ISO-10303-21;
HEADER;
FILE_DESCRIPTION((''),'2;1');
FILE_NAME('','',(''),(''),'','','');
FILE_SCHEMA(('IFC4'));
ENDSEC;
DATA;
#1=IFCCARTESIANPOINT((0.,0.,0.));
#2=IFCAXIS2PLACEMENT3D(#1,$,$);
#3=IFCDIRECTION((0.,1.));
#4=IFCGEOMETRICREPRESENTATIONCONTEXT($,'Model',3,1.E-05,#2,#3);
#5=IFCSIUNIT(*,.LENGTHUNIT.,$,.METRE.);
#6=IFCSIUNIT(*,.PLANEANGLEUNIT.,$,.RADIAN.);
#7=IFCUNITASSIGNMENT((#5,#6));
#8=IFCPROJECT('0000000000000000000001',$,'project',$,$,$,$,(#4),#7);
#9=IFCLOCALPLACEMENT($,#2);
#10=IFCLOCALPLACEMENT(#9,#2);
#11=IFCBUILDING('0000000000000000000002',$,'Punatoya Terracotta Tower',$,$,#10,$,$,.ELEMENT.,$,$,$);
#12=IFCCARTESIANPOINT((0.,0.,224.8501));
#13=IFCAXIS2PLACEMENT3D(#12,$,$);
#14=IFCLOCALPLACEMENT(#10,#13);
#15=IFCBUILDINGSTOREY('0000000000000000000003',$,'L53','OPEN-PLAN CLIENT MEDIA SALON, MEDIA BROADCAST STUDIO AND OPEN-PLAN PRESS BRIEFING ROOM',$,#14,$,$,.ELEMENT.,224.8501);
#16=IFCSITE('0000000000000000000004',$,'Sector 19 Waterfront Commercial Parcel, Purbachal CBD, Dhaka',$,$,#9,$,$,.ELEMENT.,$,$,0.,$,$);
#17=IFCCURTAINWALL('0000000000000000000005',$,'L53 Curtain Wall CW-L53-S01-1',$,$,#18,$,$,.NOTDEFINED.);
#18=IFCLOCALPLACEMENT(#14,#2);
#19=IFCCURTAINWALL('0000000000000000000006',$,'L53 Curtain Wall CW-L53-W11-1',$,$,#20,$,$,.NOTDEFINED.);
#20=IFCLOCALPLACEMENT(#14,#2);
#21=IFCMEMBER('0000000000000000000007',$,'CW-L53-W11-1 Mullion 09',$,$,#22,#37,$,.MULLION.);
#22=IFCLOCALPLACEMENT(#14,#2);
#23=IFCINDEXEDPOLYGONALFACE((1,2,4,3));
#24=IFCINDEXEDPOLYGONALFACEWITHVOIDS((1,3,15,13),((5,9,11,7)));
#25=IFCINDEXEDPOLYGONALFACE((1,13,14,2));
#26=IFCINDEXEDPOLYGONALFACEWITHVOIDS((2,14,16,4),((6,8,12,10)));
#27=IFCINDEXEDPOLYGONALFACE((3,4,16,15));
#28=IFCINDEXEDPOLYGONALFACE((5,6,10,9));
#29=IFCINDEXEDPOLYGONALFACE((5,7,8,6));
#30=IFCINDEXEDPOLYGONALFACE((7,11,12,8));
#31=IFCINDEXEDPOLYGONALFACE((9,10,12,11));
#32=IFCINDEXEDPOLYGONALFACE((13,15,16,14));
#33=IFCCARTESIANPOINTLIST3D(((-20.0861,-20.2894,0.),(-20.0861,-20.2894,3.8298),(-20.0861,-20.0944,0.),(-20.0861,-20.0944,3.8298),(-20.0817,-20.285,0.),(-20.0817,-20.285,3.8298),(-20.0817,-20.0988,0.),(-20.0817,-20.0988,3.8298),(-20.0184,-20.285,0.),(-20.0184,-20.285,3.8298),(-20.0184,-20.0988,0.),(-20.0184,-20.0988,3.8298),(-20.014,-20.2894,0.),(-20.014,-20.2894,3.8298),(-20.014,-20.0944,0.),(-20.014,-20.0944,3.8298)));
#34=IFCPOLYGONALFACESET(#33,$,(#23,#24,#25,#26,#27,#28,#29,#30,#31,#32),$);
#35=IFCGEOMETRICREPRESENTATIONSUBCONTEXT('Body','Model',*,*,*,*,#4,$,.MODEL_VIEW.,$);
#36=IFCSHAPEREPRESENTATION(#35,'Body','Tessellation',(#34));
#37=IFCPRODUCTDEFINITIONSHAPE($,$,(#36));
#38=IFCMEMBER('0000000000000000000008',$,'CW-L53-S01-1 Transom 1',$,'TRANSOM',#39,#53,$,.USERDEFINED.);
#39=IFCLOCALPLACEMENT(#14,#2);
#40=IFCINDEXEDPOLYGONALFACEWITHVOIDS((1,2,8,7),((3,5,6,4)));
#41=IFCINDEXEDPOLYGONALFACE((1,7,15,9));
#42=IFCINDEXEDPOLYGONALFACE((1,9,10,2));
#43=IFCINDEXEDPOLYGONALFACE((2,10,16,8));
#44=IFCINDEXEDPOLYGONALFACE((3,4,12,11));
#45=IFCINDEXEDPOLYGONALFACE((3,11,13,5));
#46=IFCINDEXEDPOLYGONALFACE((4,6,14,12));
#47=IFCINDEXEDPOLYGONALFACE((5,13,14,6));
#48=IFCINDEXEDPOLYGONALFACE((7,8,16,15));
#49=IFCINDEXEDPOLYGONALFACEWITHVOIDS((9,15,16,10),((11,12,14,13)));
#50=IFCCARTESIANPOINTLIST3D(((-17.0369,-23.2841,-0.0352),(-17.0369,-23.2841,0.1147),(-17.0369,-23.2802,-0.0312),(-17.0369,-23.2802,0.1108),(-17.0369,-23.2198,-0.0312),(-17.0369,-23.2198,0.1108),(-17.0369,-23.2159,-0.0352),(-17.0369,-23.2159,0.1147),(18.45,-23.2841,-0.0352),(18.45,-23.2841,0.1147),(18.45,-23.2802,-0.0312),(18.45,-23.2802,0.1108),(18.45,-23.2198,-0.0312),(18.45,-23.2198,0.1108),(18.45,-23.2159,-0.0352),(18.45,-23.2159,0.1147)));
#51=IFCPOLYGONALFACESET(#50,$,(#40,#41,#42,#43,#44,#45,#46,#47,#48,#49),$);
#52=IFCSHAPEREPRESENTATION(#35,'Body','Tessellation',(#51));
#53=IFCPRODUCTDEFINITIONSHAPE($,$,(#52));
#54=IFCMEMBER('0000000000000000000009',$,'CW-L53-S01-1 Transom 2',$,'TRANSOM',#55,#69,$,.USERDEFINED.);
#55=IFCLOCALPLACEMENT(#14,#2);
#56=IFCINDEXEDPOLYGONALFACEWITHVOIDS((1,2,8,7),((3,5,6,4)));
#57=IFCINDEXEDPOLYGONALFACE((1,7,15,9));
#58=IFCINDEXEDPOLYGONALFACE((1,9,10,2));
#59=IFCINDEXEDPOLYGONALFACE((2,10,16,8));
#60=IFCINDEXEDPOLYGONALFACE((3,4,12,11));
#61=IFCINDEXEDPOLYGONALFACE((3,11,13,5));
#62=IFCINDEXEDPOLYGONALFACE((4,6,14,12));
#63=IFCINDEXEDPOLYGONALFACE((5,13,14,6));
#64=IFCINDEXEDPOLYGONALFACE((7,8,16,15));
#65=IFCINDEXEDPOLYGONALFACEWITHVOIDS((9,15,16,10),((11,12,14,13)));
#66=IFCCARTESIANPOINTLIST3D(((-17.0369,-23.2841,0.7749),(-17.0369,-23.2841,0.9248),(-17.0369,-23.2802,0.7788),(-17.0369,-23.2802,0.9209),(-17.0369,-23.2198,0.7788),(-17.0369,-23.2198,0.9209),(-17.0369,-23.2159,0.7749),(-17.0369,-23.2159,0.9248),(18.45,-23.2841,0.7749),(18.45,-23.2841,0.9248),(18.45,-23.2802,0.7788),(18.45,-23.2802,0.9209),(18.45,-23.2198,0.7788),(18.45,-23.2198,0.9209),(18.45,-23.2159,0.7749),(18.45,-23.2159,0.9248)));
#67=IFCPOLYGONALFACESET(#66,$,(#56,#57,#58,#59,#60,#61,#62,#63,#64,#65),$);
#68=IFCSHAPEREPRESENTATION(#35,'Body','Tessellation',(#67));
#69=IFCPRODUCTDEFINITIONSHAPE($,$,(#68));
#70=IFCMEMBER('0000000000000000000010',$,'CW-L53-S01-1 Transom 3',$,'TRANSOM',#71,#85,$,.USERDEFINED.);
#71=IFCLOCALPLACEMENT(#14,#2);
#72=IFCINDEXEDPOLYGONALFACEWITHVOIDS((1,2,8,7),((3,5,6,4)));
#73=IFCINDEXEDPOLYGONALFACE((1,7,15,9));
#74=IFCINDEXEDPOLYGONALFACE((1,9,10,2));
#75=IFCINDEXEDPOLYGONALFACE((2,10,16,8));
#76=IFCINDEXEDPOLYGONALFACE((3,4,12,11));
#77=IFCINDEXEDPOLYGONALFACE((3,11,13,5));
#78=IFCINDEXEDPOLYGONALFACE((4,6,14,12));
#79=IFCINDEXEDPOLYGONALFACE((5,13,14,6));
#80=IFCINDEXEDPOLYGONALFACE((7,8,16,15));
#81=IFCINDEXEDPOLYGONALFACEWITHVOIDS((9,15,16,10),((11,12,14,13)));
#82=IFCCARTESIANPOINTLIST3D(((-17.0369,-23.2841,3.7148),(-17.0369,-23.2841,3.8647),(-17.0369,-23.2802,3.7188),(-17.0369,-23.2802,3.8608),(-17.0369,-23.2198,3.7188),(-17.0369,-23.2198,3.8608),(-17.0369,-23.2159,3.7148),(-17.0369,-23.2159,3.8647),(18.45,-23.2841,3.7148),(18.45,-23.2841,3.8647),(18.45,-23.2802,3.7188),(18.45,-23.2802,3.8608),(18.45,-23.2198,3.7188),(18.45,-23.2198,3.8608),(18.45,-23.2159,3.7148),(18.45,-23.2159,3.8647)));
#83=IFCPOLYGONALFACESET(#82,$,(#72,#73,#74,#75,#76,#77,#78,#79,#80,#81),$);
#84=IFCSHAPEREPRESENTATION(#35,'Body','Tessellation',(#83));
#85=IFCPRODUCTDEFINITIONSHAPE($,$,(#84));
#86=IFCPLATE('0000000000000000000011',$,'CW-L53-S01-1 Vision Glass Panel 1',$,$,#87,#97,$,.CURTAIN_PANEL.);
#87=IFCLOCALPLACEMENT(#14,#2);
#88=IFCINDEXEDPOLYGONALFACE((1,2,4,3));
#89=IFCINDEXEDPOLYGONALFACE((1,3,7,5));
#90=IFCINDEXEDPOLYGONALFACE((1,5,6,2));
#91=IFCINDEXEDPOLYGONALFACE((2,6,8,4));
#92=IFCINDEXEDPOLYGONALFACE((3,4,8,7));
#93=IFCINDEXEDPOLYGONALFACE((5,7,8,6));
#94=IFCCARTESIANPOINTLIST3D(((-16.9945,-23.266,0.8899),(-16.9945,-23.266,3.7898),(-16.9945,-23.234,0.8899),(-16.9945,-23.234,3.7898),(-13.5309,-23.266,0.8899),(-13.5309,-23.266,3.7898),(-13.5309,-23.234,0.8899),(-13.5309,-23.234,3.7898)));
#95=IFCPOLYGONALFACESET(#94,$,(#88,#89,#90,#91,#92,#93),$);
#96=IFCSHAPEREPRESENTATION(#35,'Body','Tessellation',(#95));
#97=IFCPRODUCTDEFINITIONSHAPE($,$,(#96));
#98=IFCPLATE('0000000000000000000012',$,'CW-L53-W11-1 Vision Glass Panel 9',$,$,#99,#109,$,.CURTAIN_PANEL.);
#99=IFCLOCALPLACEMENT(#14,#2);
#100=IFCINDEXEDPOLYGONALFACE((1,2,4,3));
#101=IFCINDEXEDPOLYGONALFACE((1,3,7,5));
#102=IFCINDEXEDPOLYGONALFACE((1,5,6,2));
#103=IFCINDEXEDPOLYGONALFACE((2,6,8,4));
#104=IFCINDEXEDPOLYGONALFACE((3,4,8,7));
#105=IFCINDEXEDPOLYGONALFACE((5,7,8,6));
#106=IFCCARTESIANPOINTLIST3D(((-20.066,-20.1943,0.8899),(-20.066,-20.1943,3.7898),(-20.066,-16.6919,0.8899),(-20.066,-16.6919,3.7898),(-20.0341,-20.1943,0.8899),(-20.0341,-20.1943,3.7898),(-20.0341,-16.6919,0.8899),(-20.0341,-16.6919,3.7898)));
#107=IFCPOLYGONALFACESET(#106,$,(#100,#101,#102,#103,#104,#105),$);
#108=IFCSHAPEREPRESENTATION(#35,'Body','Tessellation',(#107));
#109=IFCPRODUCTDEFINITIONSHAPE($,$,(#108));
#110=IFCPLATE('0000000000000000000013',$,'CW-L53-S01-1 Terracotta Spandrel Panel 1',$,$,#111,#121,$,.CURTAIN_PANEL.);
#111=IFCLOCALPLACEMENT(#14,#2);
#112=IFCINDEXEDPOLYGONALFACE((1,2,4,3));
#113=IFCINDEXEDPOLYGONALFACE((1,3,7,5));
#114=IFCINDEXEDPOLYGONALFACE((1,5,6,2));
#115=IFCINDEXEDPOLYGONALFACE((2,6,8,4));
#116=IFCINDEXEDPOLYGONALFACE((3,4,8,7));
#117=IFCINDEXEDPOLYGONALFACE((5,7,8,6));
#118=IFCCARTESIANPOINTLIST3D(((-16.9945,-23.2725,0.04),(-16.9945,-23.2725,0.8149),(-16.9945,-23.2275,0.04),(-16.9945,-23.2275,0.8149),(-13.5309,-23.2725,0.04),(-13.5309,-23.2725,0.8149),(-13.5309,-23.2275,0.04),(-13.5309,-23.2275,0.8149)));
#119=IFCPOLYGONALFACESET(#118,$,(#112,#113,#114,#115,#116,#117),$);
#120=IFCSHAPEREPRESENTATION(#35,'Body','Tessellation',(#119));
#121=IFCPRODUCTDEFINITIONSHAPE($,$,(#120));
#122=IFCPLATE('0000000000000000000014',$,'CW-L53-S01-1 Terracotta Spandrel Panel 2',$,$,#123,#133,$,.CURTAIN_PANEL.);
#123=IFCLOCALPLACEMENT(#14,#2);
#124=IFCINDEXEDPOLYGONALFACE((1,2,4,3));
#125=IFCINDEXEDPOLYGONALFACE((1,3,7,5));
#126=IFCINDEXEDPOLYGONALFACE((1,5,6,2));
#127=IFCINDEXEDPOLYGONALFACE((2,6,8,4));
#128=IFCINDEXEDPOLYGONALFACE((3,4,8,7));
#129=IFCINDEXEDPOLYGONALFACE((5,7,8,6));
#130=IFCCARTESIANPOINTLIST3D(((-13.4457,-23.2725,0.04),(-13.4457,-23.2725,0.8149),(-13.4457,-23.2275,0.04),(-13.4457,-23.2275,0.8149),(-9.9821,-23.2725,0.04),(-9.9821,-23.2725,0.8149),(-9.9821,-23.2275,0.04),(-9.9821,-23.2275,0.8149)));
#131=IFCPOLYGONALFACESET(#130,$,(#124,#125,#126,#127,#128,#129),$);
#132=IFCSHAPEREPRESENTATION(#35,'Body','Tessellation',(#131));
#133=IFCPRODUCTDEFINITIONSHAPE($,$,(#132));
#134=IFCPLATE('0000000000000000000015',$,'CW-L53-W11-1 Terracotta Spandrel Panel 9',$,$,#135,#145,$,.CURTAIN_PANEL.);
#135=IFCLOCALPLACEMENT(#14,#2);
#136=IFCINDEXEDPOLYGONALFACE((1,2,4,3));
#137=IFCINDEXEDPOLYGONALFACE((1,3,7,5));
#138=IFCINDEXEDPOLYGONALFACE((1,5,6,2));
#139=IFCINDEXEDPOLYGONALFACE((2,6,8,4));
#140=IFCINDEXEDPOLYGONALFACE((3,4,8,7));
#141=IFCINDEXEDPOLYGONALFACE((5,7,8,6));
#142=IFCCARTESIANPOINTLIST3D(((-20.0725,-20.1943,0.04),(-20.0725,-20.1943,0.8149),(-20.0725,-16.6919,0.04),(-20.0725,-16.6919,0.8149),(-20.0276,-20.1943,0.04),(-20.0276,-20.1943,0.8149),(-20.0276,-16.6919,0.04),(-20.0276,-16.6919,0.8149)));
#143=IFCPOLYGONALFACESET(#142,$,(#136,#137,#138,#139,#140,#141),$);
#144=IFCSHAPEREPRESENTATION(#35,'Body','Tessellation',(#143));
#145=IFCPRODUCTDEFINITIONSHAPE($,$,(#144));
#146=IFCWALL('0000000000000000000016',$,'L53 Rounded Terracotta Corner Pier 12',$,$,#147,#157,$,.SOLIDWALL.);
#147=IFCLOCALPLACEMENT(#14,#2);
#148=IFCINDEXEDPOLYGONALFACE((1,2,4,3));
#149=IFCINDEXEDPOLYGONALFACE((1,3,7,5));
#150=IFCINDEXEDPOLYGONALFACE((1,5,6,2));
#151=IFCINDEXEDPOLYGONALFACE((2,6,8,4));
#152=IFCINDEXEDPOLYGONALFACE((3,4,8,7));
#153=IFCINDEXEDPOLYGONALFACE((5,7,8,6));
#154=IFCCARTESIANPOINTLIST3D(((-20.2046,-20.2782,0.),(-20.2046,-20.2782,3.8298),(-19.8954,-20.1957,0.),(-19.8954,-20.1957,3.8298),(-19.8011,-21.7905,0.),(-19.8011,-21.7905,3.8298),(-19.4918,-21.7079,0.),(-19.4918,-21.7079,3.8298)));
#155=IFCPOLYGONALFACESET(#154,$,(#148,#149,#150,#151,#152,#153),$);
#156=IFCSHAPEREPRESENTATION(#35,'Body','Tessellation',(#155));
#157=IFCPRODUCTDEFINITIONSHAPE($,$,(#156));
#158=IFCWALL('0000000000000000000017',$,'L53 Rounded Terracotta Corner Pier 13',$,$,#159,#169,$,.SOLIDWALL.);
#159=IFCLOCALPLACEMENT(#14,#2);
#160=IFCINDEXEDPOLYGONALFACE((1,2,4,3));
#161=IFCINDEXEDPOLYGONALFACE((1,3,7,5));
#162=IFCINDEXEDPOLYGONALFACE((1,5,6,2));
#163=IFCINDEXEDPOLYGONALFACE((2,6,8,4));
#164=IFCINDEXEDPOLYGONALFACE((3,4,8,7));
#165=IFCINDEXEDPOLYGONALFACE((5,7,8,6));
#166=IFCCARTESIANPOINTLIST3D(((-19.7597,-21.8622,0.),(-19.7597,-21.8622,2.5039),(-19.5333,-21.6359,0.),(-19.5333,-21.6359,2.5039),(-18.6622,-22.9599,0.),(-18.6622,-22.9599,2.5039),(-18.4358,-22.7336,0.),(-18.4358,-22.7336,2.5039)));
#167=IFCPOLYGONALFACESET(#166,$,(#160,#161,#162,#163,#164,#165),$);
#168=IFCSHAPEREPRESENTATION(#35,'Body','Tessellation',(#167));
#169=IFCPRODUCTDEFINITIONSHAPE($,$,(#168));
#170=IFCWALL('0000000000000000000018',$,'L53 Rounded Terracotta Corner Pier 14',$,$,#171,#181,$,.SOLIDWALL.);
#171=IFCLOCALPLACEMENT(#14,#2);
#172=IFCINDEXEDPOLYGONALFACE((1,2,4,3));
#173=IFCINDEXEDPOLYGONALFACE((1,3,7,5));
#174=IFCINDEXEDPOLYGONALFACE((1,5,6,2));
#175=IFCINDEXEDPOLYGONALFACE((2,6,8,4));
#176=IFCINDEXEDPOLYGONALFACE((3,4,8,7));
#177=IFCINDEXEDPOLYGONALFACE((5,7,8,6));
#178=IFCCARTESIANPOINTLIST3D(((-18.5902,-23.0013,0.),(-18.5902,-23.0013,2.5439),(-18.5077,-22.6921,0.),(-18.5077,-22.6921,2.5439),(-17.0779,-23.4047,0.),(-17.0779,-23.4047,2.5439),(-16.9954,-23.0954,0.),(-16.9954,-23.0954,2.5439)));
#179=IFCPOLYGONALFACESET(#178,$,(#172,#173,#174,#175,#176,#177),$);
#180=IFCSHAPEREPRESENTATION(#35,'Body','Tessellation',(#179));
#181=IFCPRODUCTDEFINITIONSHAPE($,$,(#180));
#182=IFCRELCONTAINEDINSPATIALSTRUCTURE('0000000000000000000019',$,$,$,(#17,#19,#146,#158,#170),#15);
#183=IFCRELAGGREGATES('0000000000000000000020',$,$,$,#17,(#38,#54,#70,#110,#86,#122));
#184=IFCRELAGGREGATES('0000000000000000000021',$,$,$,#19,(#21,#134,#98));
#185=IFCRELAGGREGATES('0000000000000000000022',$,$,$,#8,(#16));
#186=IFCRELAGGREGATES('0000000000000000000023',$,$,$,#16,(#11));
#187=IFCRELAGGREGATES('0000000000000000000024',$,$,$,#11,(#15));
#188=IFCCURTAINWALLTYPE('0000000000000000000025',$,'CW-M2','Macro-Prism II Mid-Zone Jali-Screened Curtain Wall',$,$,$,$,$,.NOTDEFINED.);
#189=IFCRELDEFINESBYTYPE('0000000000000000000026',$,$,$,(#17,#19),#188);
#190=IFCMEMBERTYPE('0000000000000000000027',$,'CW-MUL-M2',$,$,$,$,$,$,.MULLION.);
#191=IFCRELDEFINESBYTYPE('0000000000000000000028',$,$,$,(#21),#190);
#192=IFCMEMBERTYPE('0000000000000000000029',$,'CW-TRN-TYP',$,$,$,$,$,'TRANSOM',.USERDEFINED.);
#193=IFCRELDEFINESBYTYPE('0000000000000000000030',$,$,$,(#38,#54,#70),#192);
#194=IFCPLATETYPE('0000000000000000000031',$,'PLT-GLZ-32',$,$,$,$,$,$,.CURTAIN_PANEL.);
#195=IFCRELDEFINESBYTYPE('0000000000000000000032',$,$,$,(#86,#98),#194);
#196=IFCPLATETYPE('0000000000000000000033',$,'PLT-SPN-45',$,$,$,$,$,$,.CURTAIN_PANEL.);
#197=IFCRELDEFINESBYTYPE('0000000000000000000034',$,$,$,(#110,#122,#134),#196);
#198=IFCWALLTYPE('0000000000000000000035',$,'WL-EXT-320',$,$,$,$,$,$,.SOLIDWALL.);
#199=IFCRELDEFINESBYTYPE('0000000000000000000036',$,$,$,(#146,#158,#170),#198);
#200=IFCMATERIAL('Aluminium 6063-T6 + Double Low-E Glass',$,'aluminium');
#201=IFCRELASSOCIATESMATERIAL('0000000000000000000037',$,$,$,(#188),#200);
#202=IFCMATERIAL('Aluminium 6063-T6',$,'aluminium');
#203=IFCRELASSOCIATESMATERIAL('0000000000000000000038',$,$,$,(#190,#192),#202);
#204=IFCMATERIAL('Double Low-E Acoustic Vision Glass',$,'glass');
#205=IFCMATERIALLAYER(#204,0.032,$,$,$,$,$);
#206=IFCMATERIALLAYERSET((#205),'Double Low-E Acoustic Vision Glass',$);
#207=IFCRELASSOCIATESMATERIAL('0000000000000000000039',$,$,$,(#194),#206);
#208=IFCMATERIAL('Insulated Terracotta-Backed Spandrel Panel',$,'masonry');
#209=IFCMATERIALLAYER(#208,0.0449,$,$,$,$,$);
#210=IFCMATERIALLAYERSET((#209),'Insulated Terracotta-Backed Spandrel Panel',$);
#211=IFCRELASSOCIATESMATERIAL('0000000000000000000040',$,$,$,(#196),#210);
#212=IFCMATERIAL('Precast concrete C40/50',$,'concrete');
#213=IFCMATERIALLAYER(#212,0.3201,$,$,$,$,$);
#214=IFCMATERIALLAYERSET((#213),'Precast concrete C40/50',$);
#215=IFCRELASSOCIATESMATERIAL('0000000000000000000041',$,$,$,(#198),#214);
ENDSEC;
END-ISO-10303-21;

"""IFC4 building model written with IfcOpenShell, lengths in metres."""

from ifc_helpers import new_model, si_unit, direction, frame, frame_2d, origin, origin_2d, place, context, subcontext, project, spatial, rectangle, hollow_rectangle, extrude, material, layer, layer_set, material_profile, profile_set, type_object, element, aggregate, save


model = new_model("IFC4")

# Units and contexts
model_context = context("Model", 3, precision=1e-05, world=origin(), true_north=direction((0.0, 1.0)))
body_context = subcontext(model_context, "Body", "Model", "MODEL_VIEW")
ifc_project = project(units=[si_unit("LENGTHUNIT", "METRE"), si_unit("PLANEANGLEUNIT", "RADIAN")], contexts=[model_context])

# Site, building, storey
site_placement = place(None, origin())
site = spatial("IfcSite", under=ifc_project, at=site_placement, Name="Sector 19 Waterfront Commercial Parcel, Purbachal CBD, Dhaka", CompositionType="ELEMENT", RefElevation=0.0)
building_placement = place(site_placement, origin())
building = spatial("IfcBuilding", under=site, at=building_placement, Name="Punatoya Terracotta Tower", CompositionType="ELEMENT")
storey_placement = place(building_placement, frame((0.0, 0.0, 224.8501)))
storey = spatial("IfcBuildingStorey", under=building, at=storey_placement, Name="L53", Description="OPEN-PLAN CLIENT MEDIA SALON, MEDIA BROADCAST STUDIO AND OPEN-PLAN PRESS BRIEFING ROOM", CompositionType="ELEMENT", Elevation=224.8501)

# Curtain wall
ifc_material_1 = material(Name="Aluminium 6063-T6 + Double Low-E Glass", Category="aluminium")
curtain_wall_type = type_object("IfcCurtainWallType", Name="CW-M2", Description="Macro-Prism II Mid-Zone Jali-Screened Curtain Wall", PredefinedType="NOTDEFINED", material=ifc_material_1)
curtain_wall_1_placement = place(storey_placement, origin())
curtain_wall_1 = element("IfcCurtainWall", 1, at=curtain_wall_1_placement, inside=storey, type_object=curtain_wall_type, Name="L53 Curtain Wall CW-L53-S01-1", PredefinedType="NOTDEFINED")
ifc_material_2 = material(Name="Aluminium 6063-T6", Category="aluminium")
ifc_material_profile_1 = material_profile(ifc_material_2, hollow_rectangle(XDim=0.072, YDim=0.1951, WallThickness=0.0044, at=origin_2d()))
ifc_profile_set_1 = profile_set([ifc_material_profile_1], Name="Aluminium 6063-T6")
member_type_1 = type_object("IfcMemberType", Name="CW-MUL-M2", PredefinedType="MULLION", material=ifc_profile_set_1)

# Curtain wall, member
curtain_wall_2_placement = place(storey_placement, origin())
curtain_wall_2 = element("IfcCurtainWall", 2, at=curtain_wall_2_placement, inside=storey, type_object=curtain_wall_type, Name="L53 Curtain Wall CW-L53-W11-1", PredefinedType="NOTDEFINED")
member_1_placement = place(storey_placement, frame((-20.05, -20.1919, 0.0), z_axis=(0.0, 0.0, 1.0), x_axis=(1.0, 0.0, 0.0)))
member_1 = element("IfcMember", 3, at=member_1_placement, type_object=member_type_1, Name="CW-L53-W11-1 Mullion 09", PredefinedType="MULLION", context=body_context, shape_type="SweptSolid", body=[
    extrude(hollow_rectangle(XDim=0.072, YDim=0.1951, WallThickness=0.0044, at=origin_2d()), origin(), (0.0, 0.0, 1.0), 3.8298),
])

# Members
ifc_material_profile_2 = material_profile(ifc_material_2, hollow_rectangle(XDim=0.0681, YDim=0.1499, WallThickness=0.0039, at=origin_2d()))
ifc_profile_set_2 = profile_set([ifc_material_profile_2], Name="Aluminium 6063-T6")
member_type_2 = type_object("IfcMemberType", Name="CW-TRN-TYP", ElementType="TRANSOM", PredefinedType="USERDEFINED", material=ifc_profile_set_2)
member_2_placement = place(storey_placement, frame((-17.0369, -23.25, 0.0398), z_axis=(1.0, 0.0, 0.0), x_axis=(0.0, 1.0, 0.0)))
member_2 = element("IfcMember", 4, at=member_2_placement, type_object=member_type_2, Name="CW-L53-S01-1 Transom 1", ObjectType="TRANSOM", PredefinedType="USERDEFINED", context=body_context, shape_type="SweptSolid", body=[
    extrude(hollow_rectangle(XDim=0.0681, YDim=0.1499, WallThickness=0.0039, at=origin_2d()), origin(), (0.0, 0.0, 1.0), 35.4868),
])
member_3_placement = place(storey_placement, frame((-17.0369, -23.25, 0.8499), z_axis=(1.0, 0.0, 0.0), x_axis=(0.0, 1.0, 0.0)))
member_3 = element("IfcMember", 5, at=member_3_placement, type_object=member_type_2, Name="CW-L53-S01-1 Transom 2", ObjectType="TRANSOM", PredefinedType="USERDEFINED", context=body_context, shape_type="SweptSolid", body=[
    extrude(hollow_rectangle(XDim=0.0681, YDim=0.1499, WallThickness=0.0039, at=origin_2d()), origin(), (0.0, 0.0, 1.0), 35.4868),
])
member_4_placement = place(storey_placement, frame((-17.0369, -23.25, 3.7898), z_axis=(1.0, 0.0, 0.0), x_axis=(0.0, 1.0, 0.0)))
member_4 = element("IfcMember", 6, at=member_4_placement, type_object=member_type_2, Name="CW-L53-S01-1 Transom 3", ObjectType="TRANSOM", PredefinedType="USERDEFINED", context=body_context, shape_type="SweptSolid", body=[
    extrude(hollow_rectangle(XDim=0.0681, YDim=0.1499, WallThickness=0.0039, at=origin_2d()), origin(), (0.0, 0.0, 1.0), 35.4868),
])

# Plates
ifc_material_3 = material(Name="Double Low-E Acoustic Vision Glass", Category="glass")
ifc_layer_1 = layer(ifc_material_3, 0.032)
ifc_layer_set_1 = layer_set([ifc_layer_1], Name="Double Low-E Acoustic Vision Glass")
plate_type_1 = type_object("IfcPlateType", Name="PLT-GLZ-32", PredefinedType="CURTAIN_PANEL", material=ifc_layer_set_1)
plate_1_placement = place(storey_placement, frame((-15.2627, -23.25, 0.8899), z_axis=(0.0, 0.0, 1.0), x_axis=(1.0, 0.0, 0.0)))
plate_1 = element("IfcPlate", 7, at=plate_1_placement, type_object=plate_type_1, Name="CW-L53-S01-1 Vision Glass Panel 1", PredefinedType="CURTAIN_PANEL", context=body_context, shape_type="SweptSolid", body=[
    extrude(rectangle(XDim=3.4636, YDim=0.032, at=origin_2d()), origin(), (0.0, 0.0, 1.0), 2.8999),
])
plate_2_placement = place(storey_placement, frame((-20.05, -18.4431, 0.8899), z_axis=(0.0, 0.0, 1.0), x_axis=(0.0, -1.0, 0.0)))
plate_2 = element("IfcPlate", 8, at=plate_2_placement, type_object=plate_type_1, Name="CW-L53-W11-1 Vision Glass Panel 9", PredefinedType="CURTAIN_PANEL", context=body_context, shape_type="SweptSolid", body=[
    extrude(rectangle(XDim=3.5024, YDim=0.032, at=origin_2d()), origin(), (0.0, 0.0, 1.0), 2.8999),
])
ifc_material_4 = material(Name="Insulated Terracotta-Backed Spandrel Panel", Category="masonry")
ifc_layer_2 = layer(ifc_material_4, 0.0449)
ifc_layer_set_2 = layer_set([ifc_layer_2], Name="Insulated Terracotta-Backed Spandrel Panel")
plate_type_2 = type_object("IfcPlateType", Name="PLT-SPN-45", PredefinedType="CURTAIN_PANEL", material=ifc_layer_set_2)
plate_3_placement = place(storey_placement, frame((-15.2627, -23.25, 0.04), z_axis=(0.0, 0.0, 1.0), x_axis=(1.0, 0.0, 0.0)))
plate_3 = element("IfcPlate", 9, at=plate_3_placement, type_object=plate_type_2, Name="CW-L53-S01-1 Terracotta Spandrel Panel 1", PredefinedType="CURTAIN_PANEL", context=body_context, shape_type="SweptSolid", body=[
    extrude(rectangle(XDim=3.4636, YDim=0.0449, at=origin_2d()), origin(), (0.0, 0.0, 1.0), 0.7749),
])
plate_4_placement = place(storey_placement, frame((-11.7139, -23.25, 0.04), z_axis=(0.0, 0.0, 1.0), x_axis=(1.0, 0.0, 0.0)))
plate_4 = element("IfcPlate", 10, at=plate_4_placement, type_object=plate_type_2, Name="CW-L53-S01-1 Terracotta Spandrel Panel 2", PredefinedType="CURTAIN_PANEL", context=body_context, shape_type="SweptSolid", body=[
    extrude(rectangle(XDim=3.4636, YDim=0.0449, at=origin_2d()), origin(), (0.0, 0.0, 1.0), 0.7749),
])
aggregate(curtain_wall_1, [member_2, member_3, member_4, plate_3, plate_1, plate_4])
plate_5_placement = place(storey_placement, frame((-20.05, -18.4431, 0.04), z_axis=(0.0, 0.0, 1.0), x_axis=(0.0, -1.0, 0.0)))
plate_5 = element("IfcPlate", 11, at=plate_5_placement, type_object=plate_type_2, Name="CW-L53-W11-1 Terracotta Spandrel Panel 9", PredefinedType="CURTAIN_PANEL", context=body_context, shape_type="SweptSolid", body=[
    extrude(rectangle(XDim=3.5024, YDim=0.0449, at=origin_2d()), origin(), (0.0, 0.0, 1.0), 0.7749),
])
aggregate(curtain_wall_2, [member_1, plate_5, plate_2])

# Walls
ifc_material_5 = material(Name="Precast concrete C40/50", Category="concrete")
ifc_layer_3 = layer(ifc_material_5, 0.3201)
ifc_layer_set_3 = layer_set([ifc_layer_3], Name="Precast concrete C40/50")
wall_type = type_object("IfcWallType", Name="WL-EXT-320", PredefinedType="SOLIDWALL", material=ifc_layer_set_3)
wall_1_placement = place(storey_placement, frame((-20.05, -20.2368, 0.0), z_axis=(0.0, 0.0, 1.0), x_axis=(0.257847, -0.966186, 0.0)))
element("IfcWall", 12, at=wall_1_placement, inside=storey, type_object=wall_type, Name="L53 Rounded Terracotta Corner Pier 12", PredefinedType="SOLIDWALL", context=body_context, shape_type="SweptSolid", body=[
    extrude(rectangle(XDim=1.5652, YDim=0.3201, at=frame_2d((0.7827, 0.0))), origin(), (0.0, 0.0, 1.0), 3.8298),
])
wall_2_placement = place(storey_placement, frame((-19.6465, -21.749, 0.0), z_axis=(0.0, 0.0, 1.0), x_axis=(0.707028, -0.707185, 0.0)))
element("IfcWall", 13, at=wall_2_placement, inside=storey, type_object=wall_type, Name="L53 Rounded Terracotta Corner Pier 13", PredefinedType="SOLIDWALL", context=body_context, shape_type="SweptSolid", body=[
    extrude(rectangle(XDim=1.5522, YDim=0.3201, at=frame_2d((0.7761, 0.0))), origin(), (0.0, 0.0, 1.0), 2.5039),
])
wall_3_placement = place(storey_placement, frame((-18.5491, -22.8467, 0.0), z_axis=(0.0, 0.0, 1.0), x_axis=(0.966225, -0.257701, 0.0)))
element("IfcWall", 14, at=wall_3_placement, inside=storey, type_object=wall_type, Name="L53 Rounded Terracotta Corner Pier 14", PredefinedType="SOLIDWALL", context=body_context, shape_type="SweptSolid", body=[
    extrude(rectangle(XDim=1.5652, YDim=0.3201, at=frame_2d((0.7827, 0.0))), origin(), (0.0, 0.0, 1.0), 2.5439),
])

save(model, "model.ifc")
